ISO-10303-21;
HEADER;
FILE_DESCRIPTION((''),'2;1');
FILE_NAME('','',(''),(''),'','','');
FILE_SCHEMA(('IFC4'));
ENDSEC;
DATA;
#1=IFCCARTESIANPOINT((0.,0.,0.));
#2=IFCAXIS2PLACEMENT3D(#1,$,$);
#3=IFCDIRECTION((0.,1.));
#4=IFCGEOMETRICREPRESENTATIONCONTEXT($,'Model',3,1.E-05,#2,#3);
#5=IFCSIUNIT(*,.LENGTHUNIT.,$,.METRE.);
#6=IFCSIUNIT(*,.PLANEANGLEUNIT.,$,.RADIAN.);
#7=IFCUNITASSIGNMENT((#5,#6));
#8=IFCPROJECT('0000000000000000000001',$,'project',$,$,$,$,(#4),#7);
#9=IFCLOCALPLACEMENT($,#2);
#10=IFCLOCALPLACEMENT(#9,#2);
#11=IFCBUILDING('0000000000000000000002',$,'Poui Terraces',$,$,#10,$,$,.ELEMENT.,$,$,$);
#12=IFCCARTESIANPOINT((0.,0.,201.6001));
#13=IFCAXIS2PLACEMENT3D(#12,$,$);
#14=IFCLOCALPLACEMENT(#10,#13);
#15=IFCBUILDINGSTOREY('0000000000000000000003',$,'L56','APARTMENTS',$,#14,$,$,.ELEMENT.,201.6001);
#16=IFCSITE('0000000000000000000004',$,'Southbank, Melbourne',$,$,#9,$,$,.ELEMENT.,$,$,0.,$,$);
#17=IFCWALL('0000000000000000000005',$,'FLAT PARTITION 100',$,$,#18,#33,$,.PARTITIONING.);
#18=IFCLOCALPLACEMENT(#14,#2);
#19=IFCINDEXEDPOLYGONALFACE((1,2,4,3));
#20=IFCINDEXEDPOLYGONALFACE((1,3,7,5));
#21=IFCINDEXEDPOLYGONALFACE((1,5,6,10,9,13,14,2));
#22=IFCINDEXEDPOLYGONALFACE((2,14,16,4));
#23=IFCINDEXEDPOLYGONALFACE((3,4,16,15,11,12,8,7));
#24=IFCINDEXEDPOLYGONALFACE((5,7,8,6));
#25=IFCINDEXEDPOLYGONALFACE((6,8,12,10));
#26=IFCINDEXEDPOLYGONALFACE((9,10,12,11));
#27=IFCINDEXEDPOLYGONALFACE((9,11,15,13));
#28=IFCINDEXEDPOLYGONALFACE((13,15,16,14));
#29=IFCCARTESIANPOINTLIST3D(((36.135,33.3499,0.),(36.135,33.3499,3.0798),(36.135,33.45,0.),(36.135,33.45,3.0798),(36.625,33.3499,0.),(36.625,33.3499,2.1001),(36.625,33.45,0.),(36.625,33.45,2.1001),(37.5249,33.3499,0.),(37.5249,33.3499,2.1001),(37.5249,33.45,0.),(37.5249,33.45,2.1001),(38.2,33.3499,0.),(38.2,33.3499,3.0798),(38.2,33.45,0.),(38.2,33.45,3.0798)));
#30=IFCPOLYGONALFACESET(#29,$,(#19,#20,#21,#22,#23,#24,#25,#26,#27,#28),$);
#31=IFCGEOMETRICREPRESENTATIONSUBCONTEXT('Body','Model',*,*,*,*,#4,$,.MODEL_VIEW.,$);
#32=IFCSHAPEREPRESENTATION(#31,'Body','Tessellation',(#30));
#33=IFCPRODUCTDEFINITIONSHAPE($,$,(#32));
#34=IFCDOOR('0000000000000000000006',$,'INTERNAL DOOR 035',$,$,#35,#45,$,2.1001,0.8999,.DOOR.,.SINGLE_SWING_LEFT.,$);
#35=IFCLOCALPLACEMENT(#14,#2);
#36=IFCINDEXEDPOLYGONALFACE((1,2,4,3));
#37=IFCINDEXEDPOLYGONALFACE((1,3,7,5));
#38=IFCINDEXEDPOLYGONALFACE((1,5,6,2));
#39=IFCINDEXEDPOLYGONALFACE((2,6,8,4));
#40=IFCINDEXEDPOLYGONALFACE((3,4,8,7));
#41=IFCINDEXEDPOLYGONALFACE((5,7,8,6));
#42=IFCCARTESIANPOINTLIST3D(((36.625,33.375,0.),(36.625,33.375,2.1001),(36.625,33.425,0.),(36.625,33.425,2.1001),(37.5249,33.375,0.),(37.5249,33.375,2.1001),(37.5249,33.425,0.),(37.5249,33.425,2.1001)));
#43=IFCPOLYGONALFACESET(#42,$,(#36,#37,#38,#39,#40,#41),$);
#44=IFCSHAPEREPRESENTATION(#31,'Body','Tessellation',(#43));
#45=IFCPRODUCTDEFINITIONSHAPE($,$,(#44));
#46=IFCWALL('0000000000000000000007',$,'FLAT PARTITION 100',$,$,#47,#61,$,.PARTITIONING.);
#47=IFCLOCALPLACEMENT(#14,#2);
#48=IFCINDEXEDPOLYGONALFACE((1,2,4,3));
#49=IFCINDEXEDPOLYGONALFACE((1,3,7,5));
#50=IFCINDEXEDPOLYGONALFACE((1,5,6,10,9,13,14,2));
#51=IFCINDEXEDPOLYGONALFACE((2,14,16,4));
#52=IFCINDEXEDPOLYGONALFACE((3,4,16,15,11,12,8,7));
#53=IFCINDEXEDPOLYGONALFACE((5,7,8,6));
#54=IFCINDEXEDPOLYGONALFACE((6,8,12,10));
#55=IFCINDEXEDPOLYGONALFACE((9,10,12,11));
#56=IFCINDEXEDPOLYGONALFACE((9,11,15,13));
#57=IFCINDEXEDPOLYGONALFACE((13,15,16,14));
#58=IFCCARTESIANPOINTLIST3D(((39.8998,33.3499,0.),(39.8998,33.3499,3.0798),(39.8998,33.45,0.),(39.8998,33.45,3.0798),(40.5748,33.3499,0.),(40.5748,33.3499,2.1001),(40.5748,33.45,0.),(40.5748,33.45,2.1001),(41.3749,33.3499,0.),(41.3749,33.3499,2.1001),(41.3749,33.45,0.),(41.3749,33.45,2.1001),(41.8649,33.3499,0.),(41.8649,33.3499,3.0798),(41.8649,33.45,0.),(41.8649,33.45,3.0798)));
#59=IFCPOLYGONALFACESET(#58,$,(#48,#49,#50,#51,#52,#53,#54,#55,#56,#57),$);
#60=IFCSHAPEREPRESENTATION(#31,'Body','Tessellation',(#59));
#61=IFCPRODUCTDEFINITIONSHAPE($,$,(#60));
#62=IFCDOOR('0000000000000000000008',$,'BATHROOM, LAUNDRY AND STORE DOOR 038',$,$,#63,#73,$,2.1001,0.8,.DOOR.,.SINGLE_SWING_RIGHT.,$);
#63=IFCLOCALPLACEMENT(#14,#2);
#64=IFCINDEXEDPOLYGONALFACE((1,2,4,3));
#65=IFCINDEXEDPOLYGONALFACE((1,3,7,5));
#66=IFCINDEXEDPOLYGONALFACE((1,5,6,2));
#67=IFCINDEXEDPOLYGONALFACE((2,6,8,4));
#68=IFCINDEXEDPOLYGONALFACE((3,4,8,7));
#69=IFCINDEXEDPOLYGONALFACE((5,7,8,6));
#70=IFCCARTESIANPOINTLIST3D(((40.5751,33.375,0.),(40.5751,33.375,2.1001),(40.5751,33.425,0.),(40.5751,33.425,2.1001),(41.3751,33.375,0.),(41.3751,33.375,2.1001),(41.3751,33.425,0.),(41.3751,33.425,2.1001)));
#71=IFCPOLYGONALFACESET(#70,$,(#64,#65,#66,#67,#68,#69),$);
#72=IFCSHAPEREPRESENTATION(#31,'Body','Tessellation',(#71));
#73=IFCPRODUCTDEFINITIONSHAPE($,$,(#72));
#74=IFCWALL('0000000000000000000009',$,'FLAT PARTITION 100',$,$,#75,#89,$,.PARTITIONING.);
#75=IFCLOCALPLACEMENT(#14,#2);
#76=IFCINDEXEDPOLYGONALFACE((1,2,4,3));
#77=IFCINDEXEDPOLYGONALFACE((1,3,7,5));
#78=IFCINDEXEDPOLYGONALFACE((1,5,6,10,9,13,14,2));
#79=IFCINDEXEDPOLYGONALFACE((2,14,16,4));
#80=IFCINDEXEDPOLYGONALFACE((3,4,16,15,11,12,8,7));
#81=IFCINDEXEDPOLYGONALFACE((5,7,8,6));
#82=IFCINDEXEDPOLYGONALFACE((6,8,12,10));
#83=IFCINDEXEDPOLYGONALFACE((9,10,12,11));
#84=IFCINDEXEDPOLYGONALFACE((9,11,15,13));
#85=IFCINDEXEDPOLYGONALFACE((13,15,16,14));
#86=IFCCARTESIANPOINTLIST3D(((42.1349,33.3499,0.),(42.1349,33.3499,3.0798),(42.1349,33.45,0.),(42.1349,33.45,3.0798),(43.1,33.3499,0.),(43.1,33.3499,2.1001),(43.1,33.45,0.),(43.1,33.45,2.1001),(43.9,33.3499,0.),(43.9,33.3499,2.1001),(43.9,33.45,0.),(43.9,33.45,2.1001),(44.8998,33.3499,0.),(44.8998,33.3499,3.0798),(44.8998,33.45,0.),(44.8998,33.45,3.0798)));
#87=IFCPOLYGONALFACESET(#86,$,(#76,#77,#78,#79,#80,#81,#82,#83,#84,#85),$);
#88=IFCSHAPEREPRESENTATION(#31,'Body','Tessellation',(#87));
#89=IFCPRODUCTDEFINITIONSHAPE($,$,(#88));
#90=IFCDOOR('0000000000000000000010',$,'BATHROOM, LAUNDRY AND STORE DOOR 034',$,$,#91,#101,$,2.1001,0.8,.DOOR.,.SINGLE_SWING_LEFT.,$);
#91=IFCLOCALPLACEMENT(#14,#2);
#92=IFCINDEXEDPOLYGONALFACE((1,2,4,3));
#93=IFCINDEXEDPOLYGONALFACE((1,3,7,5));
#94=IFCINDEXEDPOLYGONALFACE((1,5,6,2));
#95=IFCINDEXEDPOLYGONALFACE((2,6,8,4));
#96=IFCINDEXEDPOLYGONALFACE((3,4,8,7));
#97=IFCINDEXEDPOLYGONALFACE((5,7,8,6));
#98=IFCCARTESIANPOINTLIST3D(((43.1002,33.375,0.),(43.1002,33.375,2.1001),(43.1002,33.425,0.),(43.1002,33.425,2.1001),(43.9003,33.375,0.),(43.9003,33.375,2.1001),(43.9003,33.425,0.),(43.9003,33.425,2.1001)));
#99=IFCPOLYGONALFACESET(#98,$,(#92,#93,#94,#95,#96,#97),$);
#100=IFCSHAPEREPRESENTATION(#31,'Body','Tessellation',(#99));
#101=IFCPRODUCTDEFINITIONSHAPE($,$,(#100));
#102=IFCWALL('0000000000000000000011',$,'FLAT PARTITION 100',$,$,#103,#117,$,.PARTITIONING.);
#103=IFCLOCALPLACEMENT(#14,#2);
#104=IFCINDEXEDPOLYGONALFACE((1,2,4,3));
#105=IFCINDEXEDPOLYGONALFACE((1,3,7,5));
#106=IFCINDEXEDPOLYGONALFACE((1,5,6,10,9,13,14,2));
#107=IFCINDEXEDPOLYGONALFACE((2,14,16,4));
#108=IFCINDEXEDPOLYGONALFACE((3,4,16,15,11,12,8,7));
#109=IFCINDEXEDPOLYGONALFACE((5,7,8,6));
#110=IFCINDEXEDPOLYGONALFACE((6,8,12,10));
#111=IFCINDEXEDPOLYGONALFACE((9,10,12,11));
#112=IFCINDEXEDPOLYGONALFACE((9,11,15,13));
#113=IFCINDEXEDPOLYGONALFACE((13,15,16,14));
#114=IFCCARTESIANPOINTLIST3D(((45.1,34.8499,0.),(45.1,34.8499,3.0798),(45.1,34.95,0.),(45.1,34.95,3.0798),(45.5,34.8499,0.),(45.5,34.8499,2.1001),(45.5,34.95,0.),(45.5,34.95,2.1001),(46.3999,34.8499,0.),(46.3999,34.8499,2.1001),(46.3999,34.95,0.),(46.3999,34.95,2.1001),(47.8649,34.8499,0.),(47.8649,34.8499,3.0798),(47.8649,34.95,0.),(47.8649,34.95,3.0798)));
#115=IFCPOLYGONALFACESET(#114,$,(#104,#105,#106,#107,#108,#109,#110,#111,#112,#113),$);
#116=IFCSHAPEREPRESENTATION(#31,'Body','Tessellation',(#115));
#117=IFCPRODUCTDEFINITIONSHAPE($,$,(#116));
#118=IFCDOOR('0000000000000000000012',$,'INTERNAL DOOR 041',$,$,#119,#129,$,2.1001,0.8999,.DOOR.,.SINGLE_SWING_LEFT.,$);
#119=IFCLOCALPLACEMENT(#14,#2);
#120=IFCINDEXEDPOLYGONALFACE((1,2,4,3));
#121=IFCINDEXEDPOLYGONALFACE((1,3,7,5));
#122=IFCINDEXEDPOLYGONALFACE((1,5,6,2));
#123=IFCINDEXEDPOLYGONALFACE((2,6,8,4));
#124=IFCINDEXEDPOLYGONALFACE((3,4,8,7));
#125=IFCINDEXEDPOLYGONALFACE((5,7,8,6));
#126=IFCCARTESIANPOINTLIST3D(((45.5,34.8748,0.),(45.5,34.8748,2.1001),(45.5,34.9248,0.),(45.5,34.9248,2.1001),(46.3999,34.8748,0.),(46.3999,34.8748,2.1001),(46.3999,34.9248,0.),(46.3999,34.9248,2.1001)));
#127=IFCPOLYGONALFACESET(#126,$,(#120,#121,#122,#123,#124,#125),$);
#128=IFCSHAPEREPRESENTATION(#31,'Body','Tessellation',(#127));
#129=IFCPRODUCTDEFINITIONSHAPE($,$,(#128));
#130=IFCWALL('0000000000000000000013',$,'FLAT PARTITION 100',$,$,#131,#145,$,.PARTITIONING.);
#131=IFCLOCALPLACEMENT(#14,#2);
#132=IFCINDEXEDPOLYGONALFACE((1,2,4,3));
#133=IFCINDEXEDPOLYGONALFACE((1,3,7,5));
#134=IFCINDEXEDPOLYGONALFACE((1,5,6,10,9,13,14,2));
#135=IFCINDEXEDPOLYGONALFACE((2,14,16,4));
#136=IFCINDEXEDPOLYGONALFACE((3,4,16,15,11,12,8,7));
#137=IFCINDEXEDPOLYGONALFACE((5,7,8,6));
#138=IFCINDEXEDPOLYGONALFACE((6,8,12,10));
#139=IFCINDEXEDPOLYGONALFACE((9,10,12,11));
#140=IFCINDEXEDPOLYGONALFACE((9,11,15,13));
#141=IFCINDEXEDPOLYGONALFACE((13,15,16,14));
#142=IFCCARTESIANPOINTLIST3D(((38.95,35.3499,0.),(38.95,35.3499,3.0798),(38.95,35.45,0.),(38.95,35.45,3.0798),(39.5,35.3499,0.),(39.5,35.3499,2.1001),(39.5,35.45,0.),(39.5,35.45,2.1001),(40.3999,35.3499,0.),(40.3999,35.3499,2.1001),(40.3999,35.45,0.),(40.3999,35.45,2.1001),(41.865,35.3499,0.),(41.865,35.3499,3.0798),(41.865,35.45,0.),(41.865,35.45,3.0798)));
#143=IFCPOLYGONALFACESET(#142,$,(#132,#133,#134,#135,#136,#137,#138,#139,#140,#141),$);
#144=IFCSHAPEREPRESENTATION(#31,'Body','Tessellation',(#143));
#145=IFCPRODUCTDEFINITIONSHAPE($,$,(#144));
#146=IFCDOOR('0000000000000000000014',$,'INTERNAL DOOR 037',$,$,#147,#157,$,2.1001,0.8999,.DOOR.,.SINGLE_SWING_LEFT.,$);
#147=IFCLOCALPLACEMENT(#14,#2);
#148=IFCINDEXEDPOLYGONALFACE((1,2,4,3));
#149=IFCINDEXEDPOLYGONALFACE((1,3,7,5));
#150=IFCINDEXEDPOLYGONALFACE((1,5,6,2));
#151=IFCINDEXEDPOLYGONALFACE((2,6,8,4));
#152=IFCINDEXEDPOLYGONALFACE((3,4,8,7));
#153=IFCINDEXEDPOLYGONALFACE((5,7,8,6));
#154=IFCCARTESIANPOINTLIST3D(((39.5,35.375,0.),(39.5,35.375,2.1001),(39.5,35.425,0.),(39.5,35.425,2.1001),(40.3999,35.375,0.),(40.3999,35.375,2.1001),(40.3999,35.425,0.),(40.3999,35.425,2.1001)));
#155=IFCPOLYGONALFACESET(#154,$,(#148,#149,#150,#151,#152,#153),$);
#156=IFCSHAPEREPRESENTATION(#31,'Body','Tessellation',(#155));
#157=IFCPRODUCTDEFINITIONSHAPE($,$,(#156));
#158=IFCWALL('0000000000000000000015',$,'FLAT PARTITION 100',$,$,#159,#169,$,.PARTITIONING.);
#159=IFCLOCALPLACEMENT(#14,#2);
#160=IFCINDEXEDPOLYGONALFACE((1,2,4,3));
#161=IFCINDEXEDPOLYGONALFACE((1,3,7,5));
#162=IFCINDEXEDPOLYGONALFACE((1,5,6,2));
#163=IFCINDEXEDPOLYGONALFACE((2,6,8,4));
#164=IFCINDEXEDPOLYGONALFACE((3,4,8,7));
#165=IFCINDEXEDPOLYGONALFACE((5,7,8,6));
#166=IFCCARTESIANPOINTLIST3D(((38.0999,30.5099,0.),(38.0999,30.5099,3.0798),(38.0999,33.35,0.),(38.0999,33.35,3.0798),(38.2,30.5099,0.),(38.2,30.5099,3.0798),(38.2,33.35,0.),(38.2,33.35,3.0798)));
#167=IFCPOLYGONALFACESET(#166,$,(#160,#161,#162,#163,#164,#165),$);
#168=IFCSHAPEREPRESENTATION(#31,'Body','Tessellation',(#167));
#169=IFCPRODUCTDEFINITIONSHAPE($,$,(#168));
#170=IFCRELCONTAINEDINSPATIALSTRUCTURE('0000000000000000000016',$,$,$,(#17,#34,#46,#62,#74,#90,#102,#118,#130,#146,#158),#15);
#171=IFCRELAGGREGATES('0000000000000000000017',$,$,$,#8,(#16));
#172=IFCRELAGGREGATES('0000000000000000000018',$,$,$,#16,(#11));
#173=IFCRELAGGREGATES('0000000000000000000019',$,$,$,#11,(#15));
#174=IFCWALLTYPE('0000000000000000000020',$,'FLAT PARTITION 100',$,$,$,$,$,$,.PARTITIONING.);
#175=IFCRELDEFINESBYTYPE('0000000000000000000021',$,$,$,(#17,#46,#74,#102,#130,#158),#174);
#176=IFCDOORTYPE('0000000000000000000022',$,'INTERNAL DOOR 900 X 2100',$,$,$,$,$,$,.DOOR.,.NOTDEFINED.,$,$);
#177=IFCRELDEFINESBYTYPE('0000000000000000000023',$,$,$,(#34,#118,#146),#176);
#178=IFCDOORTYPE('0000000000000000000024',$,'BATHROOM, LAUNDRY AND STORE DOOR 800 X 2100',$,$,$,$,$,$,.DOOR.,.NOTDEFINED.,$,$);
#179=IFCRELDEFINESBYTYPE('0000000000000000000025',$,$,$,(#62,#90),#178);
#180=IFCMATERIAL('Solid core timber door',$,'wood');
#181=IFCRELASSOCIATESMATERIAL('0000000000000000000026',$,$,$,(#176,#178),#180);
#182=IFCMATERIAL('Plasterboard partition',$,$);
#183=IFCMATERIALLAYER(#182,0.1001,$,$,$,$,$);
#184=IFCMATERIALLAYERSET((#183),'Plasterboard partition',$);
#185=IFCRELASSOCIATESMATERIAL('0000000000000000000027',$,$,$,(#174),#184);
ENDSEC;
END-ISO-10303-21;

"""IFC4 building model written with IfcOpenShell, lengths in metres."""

from ifc_helpers import new_model, si_unit, direction, frame, frame_2d, origin, place, context, subcontext, project, spatial, rectangle, extrude, material, layer, layer_set, type_object, element, fill, save


model = new_model("IFC4")

# Units and contexts
model_context = context("Model", 3, precision=1e-05, world=origin(), true_north=direction((0.0, 1.0)))
body_context = subcontext(model_context, "Body", "Model", "MODEL_VIEW")
ifc_project = project(units=[si_unit("LENGTHUNIT", "METRE"), si_unit("PLANEANGLEUNIT", "RADIAN")], contexts=[model_context])

# Site, building, storey
site_placement = place(None, origin())
site = spatial("IfcSite", under=ifc_project, at=site_placement, Name="Southbank, Melbourne", CompositionType="ELEMENT", RefElevation=0.0)
building_placement = place(site_placement, origin())
building = spatial("IfcBuilding", under=site, at=building_placement, Name="Poui Terraces", CompositionType="ELEMENT")
storey_placement = place(building_placement, frame((0.0, 0.0, 201.6001)))
storey = spatial("IfcBuildingStorey", under=building, at=storey_placement, Name="L56", Description="APARTMENTS", CompositionType="ELEMENT", Elevation=201.6001)

# Walls, openings, doors
ifc_material_1 = material(Name="Solid core timber door", Category="wood")
door_type_1 = type_object("IfcDoorType", Name="INTERNAL DOOR 900 X 2100", OperationType="NOTDEFINED", PredefinedType="DOOR", material=ifc_material_1)
ifc_material_2 = material(Name="Plasterboard partition")
ifc_layer_1 = layer(ifc_material_2, 0.1001)
ifc_layer_set_1 = layer_set([ifc_layer_1], Name="Plasterboard partition")
wall_type_1 = type_object("IfcWallType", Name="FLAT PARTITION 100", PredefinedType="PARTITIONING", material=ifc_layer_set_1)
door_type_2 = type_object("IfcDoorType", Name="BATHROOM, LAUNDRY AND STORE DOOR 800 X 2100", OperationType="NOTDEFINED", PredefinedType="DOOR", material=ifc_material_1)
wall_1_placement = place(storey_placement, frame((36.135, 33.3999, 0.0), z_axis=(0.0, 0.0, 1.0), x_axis=(1.0, 0.0, 0.0)))
wall_1 = element("IfcWall", 1, at=wall_1_placement, inside=storey, type_object=wall_type_1, Name="FLAT PARTITION 100", PredefinedType="PARTITIONING", context=body_context, shape_type="SweptSolid", body=[
    extrude(rectangle(XDim=2.0649, YDim=0.1001, at=frame_2d((1.0325, 0.0))), origin(), (0.0, 0.0, 1.0), 3.0798),
])
opening_1_placement = place(wall_1_placement, frame((0.49, 0.0, 0.0)))
opening_1 = element("IfcOpeningElement", 2, at=opening_1_placement, cuts=wall_1, PredefinedType="OPENING", context=body_context, shape_type="SweptSolid", body=[
    extrude(rectangle(XDim=0.8999, YDim=2.1001, at=frame_2d((0.45, 1.05))), frame((0.0, 0.0601, 0.0), z_axis=(0.0, -1.0, 0.0), x_axis=(1.0, 0.0, 0.0)), (0.0, 0.0, 1.0), 0.1201),
])
door_1_placement = place(opening_1_placement, frame((0.8999, 0.0, 0.0), z_axis=(0.0, 0.0, 1.0), x_axis=(-1.0, 0.0, 0.0)))
door_1 = element("IfcDoor", 3, at=door_1_placement, inside=storey, type_object=door_type_1, Name="INTERNAL DOOR 035", OperationType="SINGLE_SWING_LEFT", OverallHeight=2.1001, OverallWidth=0.8999, PredefinedType="DOOR", context=body_context, shape_type="SweptSolid", body=[
    extrude(rectangle(XDim=0.8999, YDim=2.1001, at=frame_2d((0.45, 1.05))), frame((0.0, 0.0249, 0.0), z_axis=(0.0, -1.0, 0.0), x_axis=(1.0, 0.0, 0.0)), (0.0, 0.0, 1.0), 0.05),
])
fill(opening_1, door_1)
wall_2_placement = place(storey_placement, frame((39.8999, 33.3999, 0.0), z_axis=(0.0, 0.0, 1.0), x_axis=(1.0, 0.0, 0.0)))
wall_2 = element("IfcWall", 4, at=wall_2_placement, inside=storey, type_object=wall_type_1, Name="FLAT PARTITION 100", PredefinedType="PARTITIONING", context=body_context, shape_type="SweptSolid", body=[
    extrude(rectangle(XDim=1.9651, YDim=0.1001, at=frame_2d((0.9824, 0.0))), origin(), (0.0, 0.0, 1.0), 3.0798),
])
opening_2_placement = place(wall_2_placement, frame((0.675, 0.0, 0.0)))
opening_2 = element("IfcOpeningElement", 5, at=opening_2_placement, cuts=wall_2, PredefinedType="OPENING", context=body_context, shape_type="SweptSolid", body=[
    extrude(rectangle(XDim=0.8, YDim=2.1001, at=frame_2d((0.3999, 1.05))), frame((0.0, 0.0601, 0.0), z_axis=(0.0, -1.0, 0.0), x_axis=(1.0, 0.0, 0.0)), (0.0, 0.0, 1.0), 0.1201),
])
door_2_placement = place(opening_2_placement, frame((0.8, 0.0, 0.0), z_axis=(0.0, 0.0, 1.0), x_axis=(-1.0, 0.0, 0.0)))
door_2 = element("IfcDoor", 6, at=door_2_placement, inside=storey, type_object=door_type_2, Name="BATHROOM, LAUNDRY AND STORE DOOR 038", OperationType="SINGLE_SWING_RIGHT", OverallHeight=2.1001, OverallWidth=0.8, PredefinedType="DOOR", context=body_context, shape_type="SweptSolid", body=[
    extrude(rectangle(XDim=0.8, YDim=2.1001, at=frame_2d((0.3999, 1.05))), frame((0.0, 0.0249, 0.0), z_axis=(0.0, -1.0, 0.0), x_axis=(1.0, 0.0, 0.0)), (0.0, 0.0, 1.0), 0.05),
])
fill(opening_2, door_2)
wall_3_placement = place(storey_placement, frame((42.135, 33.3999, 0.0), z_axis=(0.0, 0.0, 1.0), x_axis=(1.0, 0.0, 0.0)))
wall_3 = element("IfcWall", 7, at=wall_3_placement, inside=storey, type_object=wall_type_1, Name="FLAT PARTITION 100", PredefinedType="PARTITIONING", context=body_context, shape_type="SweptSolid", body=[
    extrude(rectangle(XDim=2.7649, YDim=0.1001, at=frame_2d((1.3823, 0.0))), origin(), (0.0, 0.0, 1.0), 3.0798),
])
opening_3_placement = place(wall_3_placement, frame((0.9651, 0.0, 0.0)))
opening_3 = element("IfcOpeningElement", 8, at=opening_3_placement, cuts=wall_3, PredefinedType="OPENING", context=body_context, shape_type="SweptSolid", body=[
    extrude(rectangle(XDim=0.8, YDim=2.1001, at=frame_2d((0.3999, 1.05))), frame((0.0, 0.0601, 0.0), z_axis=(0.0, -1.0, 0.0), x_axis=(1.0, 0.0, 0.0)), (0.0, 0.0, 1.0), 0.1201),
])
door_3_placement = place(opening_3_placement, frame((0.8, 0.0, 0.0), z_axis=(0.0, 0.0, 1.0), x_axis=(-1.0, 0.0, 0.0)))
door_3 = element("IfcDoor", 9, at=door_3_placement, inside=storey, type_object=door_type_2, Name="BATHROOM, LAUNDRY AND STORE DOOR 034", OperationType="SINGLE_SWING_LEFT", OverallHeight=2.1001, OverallWidth=0.8, PredefinedType="DOOR", context=body_context, shape_type="SweptSolid", body=[
    extrude(rectangle(XDim=0.8, YDim=2.1001, at=frame_2d((0.3999, 1.05))), frame((0.0, 0.0249, 0.0), z_axis=(0.0, -1.0, 0.0), x_axis=(1.0, 0.0, 0.0)), (0.0, 0.0, 1.0), 0.05),
])
fill(opening_3, door_3)
wall_4_placement = place(storey_placement, frame((45.1001, 34.8999, 0.0), z_axis=(0.0, 0.0, 1.0), x_axis=(1.0, 0.0, 0.0)))
wall_4 = element("IfcWall", 10, at=wall_4_placement, inside=storey, type_object=wall_type_1, Name="FLAT PARTITION 100", PredefinedType="PARTITIONING", context=body_context, shape_type="SweptSolid", body=[
    extrude(rectangle(XDim=2.7649, YDim=0.1001, at=frame_2d((1.3823, 0.0))), origin(), (0.0, 0.0, 1.0), 3.0798),
])
opening_4_placement = place(wall_4_placement, frame((0.3999, 0.0, 0.0)))
opening_4 = element("IfcOpeningElement", 11, at=opening_4_placement, cuts=wall_4, PredefinedType="OPENING", context=body_context, shape_type="SweptSolid", body=[
    extrude(rectangle(XDim=0.8999, YDim=2.1001, at=frame_2d((0.45, 1.05))), frame((0.0, 0.0601, 0.0), z_axis=(0.0, -1.0, 0.0), x_axis=(1.0, 0.0, 0.0)), (0.0, 0.0, 1.0), 0.1201),
])
door_4_placement = place(opening_4_placement, origin())
door_4 = element("IfcDoor", 12, at=door_4_placement, inside=storey, type_object=door_type_1, Name="INTERNAL DOOR 041", OperationType="SINGLE_SWING_LEFT", OverallHeight=2.1001, OverallWidth=0.8999, PredefinedType="DOOR", context=body_context, shape_type="SweptSolid", body=[
    extrude(rectangle(XDim=0.8999, YDim=2.1001, at=frame_2d((0.45, 1.05))), frame((0.0, 0.0249, 0.0), z_axis=(0.0, -1.0, 0.0), x_axis=(1.0, 0.0, 0.0)), (0.0, 0.0, 1.0), 0.05),
])
fill(opening_4, door_4)
wall_5_placement = place(storey_placement, frame((38.95, 35.3999, 0.0), z_axis=(0.0, 0.0, 1.0), x_axis=(1.0, 0.0, 0.0)))
wall_5 = element("IfcWall", 13, at=wall_5_placement, inside=storey, type_object=wall_type_1, Name="FLAT PARTITION 100", PredefinedType="PARTITIONING", context=body_context, shape_type="SweptSolid", body=[
    extrude(rectangle(XDim=2.915, YDim=0.1001, at=frame_2d((1.4575, 0.0))), origin(), (0.0, 0.0, 1.0), 3.0798),
])
opening_5_placement = place(wall_5_placement, frame((0.55, 0.0, 0.0)))
opening_5 = element("IfcOpeningElement", 14, at=opening_5_placement, cuts=wall_5, PredefinedType="OPENING", context=body_context, shape_type="SweptSolid", body=[
    extrude(rectangle(XDim=0.8999, YDim=2.1001, at=frame_2d((0.45, 1.05))), frame((0.0, 0.0601, 0.0), z_axis=(0.0, -1.0, 0.0), x_axis=(1.0, 0.0, 0.0)), (0.0, 0.0, 1.0), 0.1201),
])
door_5_placement = place(opening_5_placement, frame((0.8999, 0.0, 0.0), z_axis=(0.0, 0.0, 1.0), x_axis=(-1.0, 0.0, 0.0)))
door_5 = element("IfcDoor", 15, at=door_5_placement, inside=storey, type_object=door_type_1, Name="INTERNAL DOOR 037", OperationType="SINGLE_SWING_LEFT", OverallHeight=2.1001, OverallWidth=0.8999, PredefinedType="DOOR", context=body_context, shape_type="SweptSolid", body=[
    extrude(rectangle(XDim=0.8999, YDim=2.1001, at=frame_2d((0.45, 1.05))), frame((0.0, 0.0249, 0.0), z_axis=(0.0, -1.0, 0.0), x_axis=(1.0, 0.0, 0.0)), (0.0, 0.0, 1.0), 0.05),
])
fill(opening_5, door_5)

# Wall
wall_6_placement = place(storey_placement, frame((38.1499, 30.51, 0.0), z_axis=(0.0, 0.0, 1.0), x_axis=(0.0, 1.0, 0.0)))
element("IfcWall", 16, at=wall_6_placement, inside=storey, type_object=wall_type_1, Name="FLAT PARTITION 100", PredefinedType="PARTITIONING", context=body_context, shape_type="SweptSolid", body=[
    extrude(rectangle(XDim=2.8401, YDim=0.1001, at=frame_2d((1.4199, 0.0))), origin(), (0.0, 0.0, 1.0), 3.0798),
])

save(model, "model.ifc")
